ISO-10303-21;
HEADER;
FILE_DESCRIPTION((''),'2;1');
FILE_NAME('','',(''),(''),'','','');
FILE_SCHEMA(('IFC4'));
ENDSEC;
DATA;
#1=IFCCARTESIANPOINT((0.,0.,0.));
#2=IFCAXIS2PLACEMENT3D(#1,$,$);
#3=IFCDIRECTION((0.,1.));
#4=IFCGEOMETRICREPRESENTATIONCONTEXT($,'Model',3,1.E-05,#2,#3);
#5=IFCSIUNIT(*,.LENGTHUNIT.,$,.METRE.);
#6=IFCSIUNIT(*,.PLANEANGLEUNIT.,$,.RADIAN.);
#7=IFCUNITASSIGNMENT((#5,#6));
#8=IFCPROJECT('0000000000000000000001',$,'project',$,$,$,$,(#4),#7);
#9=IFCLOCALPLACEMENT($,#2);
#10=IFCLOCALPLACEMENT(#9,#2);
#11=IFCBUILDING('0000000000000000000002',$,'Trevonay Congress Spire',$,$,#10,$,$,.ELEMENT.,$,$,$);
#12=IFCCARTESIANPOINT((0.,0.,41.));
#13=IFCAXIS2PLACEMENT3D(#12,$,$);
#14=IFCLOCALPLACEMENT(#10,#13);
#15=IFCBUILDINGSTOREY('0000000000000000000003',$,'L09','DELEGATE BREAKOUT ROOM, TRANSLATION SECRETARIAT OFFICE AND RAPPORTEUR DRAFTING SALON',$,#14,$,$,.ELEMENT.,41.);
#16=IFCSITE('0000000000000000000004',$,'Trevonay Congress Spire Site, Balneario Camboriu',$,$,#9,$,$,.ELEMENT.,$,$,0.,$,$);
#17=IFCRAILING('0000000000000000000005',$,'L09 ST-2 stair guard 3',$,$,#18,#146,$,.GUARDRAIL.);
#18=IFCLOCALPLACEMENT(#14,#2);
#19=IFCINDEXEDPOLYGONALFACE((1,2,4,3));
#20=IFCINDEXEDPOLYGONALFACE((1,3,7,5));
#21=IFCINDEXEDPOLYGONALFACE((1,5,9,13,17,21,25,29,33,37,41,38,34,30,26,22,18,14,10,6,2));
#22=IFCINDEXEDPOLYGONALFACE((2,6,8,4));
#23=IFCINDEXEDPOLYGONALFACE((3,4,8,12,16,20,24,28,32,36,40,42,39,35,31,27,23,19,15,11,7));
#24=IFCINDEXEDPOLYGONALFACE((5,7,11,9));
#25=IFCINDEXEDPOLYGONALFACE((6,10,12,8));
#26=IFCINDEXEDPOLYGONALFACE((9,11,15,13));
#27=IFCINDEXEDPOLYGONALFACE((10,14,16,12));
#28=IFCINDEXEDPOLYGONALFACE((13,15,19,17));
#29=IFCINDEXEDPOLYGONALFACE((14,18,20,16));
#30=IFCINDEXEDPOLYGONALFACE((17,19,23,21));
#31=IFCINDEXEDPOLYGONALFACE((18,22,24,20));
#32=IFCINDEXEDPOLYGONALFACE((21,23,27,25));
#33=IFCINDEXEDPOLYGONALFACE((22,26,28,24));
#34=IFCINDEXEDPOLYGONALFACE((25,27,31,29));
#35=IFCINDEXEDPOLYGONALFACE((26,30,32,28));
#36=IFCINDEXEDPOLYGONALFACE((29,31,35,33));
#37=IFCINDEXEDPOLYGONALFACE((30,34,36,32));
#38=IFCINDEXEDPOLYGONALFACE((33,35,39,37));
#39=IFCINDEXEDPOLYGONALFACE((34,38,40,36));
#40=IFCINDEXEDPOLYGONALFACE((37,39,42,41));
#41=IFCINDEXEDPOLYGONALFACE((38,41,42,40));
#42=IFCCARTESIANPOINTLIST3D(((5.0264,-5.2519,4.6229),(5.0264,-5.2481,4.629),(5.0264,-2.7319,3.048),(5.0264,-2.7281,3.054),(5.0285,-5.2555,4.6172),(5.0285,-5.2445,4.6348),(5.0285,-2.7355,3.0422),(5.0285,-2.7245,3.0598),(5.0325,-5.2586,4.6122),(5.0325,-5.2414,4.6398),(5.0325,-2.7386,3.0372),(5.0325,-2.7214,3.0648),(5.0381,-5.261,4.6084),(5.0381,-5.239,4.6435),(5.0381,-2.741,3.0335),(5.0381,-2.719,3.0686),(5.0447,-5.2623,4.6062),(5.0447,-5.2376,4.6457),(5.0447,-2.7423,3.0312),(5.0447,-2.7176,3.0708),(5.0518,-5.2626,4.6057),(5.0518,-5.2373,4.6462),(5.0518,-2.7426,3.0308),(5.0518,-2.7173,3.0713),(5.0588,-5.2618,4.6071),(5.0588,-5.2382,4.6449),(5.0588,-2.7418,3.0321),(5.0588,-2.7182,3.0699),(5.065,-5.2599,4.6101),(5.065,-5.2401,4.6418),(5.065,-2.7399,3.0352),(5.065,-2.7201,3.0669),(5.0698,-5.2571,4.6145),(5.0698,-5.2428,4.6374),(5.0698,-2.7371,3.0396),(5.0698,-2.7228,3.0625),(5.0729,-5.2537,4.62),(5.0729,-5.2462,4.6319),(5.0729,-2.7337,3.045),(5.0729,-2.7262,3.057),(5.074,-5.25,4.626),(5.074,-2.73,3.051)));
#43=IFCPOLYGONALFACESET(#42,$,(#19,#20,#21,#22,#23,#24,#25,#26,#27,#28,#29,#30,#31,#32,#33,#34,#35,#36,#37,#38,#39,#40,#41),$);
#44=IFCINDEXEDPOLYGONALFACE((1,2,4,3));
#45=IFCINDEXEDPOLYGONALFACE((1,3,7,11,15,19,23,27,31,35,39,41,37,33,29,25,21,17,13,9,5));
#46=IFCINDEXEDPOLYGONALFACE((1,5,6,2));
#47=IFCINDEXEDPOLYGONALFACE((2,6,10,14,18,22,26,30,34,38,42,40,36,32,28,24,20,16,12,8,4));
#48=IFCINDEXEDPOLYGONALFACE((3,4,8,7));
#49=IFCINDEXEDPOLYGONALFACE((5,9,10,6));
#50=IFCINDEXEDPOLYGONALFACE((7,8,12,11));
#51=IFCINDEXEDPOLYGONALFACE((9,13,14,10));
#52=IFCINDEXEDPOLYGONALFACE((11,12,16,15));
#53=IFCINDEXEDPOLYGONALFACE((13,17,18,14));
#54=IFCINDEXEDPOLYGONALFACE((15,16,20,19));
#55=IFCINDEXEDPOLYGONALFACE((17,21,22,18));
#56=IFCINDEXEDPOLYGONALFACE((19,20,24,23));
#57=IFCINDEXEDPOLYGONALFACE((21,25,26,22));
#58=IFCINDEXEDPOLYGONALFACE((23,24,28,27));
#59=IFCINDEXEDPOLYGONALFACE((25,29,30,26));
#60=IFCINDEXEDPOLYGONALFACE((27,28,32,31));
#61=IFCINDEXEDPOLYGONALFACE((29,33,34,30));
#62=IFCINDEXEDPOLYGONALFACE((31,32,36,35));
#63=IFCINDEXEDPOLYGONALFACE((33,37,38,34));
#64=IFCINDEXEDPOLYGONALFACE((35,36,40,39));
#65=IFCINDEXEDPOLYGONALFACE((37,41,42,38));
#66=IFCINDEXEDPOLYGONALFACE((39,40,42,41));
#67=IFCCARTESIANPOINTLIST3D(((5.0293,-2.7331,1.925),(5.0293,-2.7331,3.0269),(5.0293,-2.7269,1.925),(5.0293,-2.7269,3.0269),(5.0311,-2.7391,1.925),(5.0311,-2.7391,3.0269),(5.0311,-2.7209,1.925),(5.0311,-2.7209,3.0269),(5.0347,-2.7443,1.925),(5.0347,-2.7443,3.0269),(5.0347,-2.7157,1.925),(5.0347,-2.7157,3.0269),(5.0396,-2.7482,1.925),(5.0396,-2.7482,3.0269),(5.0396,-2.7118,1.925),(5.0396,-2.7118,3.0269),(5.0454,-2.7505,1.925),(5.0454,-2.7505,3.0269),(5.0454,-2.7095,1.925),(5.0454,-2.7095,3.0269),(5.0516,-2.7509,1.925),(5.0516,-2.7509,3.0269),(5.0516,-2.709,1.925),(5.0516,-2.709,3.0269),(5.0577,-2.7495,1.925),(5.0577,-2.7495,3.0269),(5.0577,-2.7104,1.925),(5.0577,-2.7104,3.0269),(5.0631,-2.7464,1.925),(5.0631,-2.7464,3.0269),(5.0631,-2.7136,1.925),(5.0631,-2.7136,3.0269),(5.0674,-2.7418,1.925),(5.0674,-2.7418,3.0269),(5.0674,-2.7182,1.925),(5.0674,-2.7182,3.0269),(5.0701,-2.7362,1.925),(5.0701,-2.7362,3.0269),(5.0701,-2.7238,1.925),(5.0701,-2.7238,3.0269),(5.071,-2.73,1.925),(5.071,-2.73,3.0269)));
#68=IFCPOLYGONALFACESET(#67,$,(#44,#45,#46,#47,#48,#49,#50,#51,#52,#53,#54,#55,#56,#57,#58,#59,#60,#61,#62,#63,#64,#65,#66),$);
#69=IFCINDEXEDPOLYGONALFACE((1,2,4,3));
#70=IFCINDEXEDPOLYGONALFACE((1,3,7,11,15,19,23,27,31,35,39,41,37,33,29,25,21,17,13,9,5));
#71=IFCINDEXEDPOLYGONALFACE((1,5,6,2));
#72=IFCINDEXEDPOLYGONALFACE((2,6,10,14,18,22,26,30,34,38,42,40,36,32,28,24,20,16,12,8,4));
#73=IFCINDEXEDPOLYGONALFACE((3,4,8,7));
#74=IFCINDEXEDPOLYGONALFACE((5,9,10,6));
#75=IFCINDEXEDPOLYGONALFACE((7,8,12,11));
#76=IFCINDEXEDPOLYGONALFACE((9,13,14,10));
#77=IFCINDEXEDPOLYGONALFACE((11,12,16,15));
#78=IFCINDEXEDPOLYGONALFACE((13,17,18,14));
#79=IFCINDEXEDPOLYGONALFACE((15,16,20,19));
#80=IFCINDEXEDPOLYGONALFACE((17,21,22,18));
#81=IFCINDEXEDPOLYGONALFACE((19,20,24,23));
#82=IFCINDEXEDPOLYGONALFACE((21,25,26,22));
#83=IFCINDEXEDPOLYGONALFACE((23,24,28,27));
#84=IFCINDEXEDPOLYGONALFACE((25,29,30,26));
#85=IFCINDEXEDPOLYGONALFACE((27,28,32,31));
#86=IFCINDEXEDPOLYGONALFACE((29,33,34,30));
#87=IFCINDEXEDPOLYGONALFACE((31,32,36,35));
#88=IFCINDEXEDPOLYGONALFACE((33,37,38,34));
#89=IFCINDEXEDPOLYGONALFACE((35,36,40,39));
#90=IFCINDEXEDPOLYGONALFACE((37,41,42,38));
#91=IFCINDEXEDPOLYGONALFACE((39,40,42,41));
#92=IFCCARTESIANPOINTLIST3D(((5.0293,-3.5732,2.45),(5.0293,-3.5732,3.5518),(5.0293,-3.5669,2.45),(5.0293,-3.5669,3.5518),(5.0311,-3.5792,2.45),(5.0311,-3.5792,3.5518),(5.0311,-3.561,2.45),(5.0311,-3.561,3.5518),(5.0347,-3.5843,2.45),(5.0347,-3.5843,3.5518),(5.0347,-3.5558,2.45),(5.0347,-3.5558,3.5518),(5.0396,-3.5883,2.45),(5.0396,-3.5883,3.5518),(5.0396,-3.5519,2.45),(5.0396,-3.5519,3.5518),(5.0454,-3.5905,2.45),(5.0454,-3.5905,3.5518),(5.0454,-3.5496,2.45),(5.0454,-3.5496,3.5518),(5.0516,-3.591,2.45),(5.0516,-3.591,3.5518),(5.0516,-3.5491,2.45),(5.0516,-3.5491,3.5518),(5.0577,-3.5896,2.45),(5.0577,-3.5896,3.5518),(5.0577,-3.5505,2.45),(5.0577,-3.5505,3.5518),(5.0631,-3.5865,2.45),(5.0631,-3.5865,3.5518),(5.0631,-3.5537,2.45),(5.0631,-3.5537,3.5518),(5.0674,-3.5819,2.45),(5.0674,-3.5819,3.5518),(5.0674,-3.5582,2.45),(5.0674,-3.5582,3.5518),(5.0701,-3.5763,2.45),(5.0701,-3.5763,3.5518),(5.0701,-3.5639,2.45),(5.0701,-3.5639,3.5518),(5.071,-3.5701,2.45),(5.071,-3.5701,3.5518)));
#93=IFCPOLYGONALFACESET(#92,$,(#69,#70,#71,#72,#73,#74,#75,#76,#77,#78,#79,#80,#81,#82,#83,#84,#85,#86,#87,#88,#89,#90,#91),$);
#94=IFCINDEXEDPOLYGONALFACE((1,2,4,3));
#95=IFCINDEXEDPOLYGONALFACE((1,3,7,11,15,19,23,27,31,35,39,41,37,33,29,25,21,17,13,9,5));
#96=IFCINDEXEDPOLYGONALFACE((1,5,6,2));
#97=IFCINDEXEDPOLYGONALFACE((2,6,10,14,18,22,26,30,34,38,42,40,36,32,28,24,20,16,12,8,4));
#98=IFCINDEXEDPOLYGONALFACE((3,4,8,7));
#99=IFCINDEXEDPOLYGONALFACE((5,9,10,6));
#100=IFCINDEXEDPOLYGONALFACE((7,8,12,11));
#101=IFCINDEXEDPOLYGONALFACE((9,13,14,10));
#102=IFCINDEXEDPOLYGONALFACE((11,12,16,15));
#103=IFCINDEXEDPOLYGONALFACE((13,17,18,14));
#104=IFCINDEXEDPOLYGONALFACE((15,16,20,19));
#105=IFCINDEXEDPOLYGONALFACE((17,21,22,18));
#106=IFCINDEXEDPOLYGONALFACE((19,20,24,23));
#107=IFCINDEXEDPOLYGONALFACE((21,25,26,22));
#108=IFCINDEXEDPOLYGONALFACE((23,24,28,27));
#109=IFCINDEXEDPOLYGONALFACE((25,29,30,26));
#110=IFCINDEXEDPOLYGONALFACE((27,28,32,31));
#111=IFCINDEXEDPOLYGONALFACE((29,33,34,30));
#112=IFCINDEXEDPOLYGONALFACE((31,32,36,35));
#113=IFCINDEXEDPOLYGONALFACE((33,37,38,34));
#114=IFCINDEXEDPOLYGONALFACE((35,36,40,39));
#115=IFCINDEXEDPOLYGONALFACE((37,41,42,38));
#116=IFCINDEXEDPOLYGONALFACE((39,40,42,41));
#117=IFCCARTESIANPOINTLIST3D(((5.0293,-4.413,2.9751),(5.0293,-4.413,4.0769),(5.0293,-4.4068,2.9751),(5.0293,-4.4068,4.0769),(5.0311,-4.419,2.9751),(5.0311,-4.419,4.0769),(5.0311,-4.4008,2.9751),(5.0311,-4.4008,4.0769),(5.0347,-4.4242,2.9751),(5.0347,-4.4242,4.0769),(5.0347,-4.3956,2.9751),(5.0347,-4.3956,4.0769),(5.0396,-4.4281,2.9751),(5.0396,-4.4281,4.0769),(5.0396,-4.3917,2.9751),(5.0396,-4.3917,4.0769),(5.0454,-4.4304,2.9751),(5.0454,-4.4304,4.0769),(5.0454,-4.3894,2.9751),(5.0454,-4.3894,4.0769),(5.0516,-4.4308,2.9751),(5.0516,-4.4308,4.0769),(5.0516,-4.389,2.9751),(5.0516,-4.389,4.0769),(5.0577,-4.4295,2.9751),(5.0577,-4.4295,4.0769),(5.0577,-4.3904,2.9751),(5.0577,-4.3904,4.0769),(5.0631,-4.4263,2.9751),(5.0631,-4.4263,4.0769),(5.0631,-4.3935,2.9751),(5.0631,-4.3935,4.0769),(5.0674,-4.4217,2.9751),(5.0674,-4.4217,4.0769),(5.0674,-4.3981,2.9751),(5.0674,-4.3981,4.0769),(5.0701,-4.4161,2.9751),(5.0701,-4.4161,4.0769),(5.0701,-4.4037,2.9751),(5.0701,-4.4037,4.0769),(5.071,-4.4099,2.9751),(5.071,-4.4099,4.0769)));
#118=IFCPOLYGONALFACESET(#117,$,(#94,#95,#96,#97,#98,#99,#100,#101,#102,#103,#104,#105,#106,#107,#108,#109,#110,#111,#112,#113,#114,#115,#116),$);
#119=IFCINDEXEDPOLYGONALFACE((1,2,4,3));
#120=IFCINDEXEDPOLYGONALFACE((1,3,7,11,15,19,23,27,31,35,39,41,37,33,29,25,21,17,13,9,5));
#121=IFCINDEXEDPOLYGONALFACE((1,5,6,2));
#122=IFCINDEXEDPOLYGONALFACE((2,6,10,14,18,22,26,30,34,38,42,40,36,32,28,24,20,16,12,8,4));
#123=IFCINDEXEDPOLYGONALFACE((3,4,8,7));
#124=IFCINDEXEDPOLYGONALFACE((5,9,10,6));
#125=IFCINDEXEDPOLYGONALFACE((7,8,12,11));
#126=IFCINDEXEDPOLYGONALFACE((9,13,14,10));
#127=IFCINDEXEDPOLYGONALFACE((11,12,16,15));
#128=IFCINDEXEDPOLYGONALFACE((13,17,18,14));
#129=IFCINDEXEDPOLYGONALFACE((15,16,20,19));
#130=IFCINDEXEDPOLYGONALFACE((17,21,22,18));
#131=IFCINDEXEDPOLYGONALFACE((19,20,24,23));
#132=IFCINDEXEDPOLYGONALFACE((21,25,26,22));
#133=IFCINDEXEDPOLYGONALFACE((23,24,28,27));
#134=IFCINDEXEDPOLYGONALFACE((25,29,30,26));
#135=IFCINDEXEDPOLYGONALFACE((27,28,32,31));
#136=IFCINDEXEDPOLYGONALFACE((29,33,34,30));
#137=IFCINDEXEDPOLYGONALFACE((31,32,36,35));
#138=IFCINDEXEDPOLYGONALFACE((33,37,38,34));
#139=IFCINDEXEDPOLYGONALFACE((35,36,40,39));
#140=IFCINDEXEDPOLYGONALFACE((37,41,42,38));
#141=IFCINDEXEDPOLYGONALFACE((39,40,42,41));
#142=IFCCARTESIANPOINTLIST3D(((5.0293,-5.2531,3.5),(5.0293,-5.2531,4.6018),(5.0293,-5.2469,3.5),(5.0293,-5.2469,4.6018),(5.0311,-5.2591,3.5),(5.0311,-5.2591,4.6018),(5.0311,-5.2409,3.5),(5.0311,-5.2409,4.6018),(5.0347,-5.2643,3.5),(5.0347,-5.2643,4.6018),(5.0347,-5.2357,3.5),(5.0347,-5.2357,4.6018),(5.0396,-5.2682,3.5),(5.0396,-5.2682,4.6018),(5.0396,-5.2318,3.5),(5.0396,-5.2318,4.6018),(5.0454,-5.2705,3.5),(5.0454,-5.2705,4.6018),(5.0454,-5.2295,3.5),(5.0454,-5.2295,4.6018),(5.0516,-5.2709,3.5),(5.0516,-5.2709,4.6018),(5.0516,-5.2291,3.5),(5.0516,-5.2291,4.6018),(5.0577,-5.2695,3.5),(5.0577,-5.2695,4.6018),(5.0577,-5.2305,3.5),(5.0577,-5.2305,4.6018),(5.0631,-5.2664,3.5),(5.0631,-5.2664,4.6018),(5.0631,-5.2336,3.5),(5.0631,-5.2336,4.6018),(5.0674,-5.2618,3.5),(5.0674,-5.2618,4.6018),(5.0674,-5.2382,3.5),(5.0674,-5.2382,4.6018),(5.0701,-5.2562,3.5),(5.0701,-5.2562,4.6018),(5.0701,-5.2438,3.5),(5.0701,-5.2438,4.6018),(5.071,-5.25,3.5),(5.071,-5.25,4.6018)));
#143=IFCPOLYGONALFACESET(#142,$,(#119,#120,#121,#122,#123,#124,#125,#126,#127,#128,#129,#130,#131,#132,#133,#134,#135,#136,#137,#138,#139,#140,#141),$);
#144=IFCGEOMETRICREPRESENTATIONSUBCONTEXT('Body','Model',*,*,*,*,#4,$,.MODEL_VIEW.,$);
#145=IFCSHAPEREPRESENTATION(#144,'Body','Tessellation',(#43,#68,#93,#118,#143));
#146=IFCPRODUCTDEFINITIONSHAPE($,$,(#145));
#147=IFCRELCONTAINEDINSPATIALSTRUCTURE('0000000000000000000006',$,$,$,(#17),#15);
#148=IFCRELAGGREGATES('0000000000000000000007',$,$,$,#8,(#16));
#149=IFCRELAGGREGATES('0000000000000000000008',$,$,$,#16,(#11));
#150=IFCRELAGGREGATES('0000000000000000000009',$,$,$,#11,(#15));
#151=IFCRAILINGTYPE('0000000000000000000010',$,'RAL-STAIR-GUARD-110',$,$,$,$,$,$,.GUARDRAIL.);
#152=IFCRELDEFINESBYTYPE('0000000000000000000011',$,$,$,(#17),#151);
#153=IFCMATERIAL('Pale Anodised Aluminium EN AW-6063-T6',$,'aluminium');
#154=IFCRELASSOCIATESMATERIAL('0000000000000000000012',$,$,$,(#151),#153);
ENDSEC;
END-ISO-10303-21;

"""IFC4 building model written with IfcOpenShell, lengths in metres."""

from ifc_helpers import new_model, si_unit, direction, frame, origin, origin_2d, place, context, subcontext, project, spatial, circle, extrude, material, type_object, element, save


model = new_model("IFC4")

# Units and contexts
model_context = context("Model", 3, precision=1e-05, world=origin(), true_north=direction((0.0, 1.0)))
body_context = subcontext(model_context, "Body", "Model", "MODEL_VIEW")
ifc_project = project(units=[si_unit("LENGTHUNIT", "METRE"), si_unit("PLANEANGLEUNIT", "RADIAN")], contexts=[model_context])

# Site, building, storey
site_placement = place(None, origin())
site = spatial("IfcSite", under=ifc_project, at=site_placement, Name="Trevonay Congress Spire Site, Balneario Camboriu", CompositionType="ELEMENT", RefElevation=0.0)
building_placement = place(site_placement, origin())
building = spatial("IfcBuilding", under=site, at=building_placement, Name="Trevonay Congress Spire", CompositionType="ELEMENT")
storey_placement = place(building_placement, frame((0.0, 0.0, 41.0)))
storey = spatial("IfcBuildingStorey", under=building, at=storey_placement, Name="L09", Description="DELEGATE BREAKOUT ROOM, TRANSLATION SECRETARIAT OFFICE AND RAPPORTEUR DRAFTING SALON", CompositionType="ELEMENT", Elevation=41.0)

# Railing
ifc_material_1 = material(Name="Pale Anodised Aluminium EN AW-6063-T6", Category="aluminium")
railing_type_1 = type_object("IfcRailingType", Name="RAL-STAIR-GUARD-110", PredefinedType="GUARDRAIL", material=ifc_material_1)
railing_1_placement = place(storey_placement, frame((5.05, -2.73, 1.925)))
element("IfcRailing", 1, at=railing_1_placement, inside=storey, type_object=railing_type_1, Name="L09 ST-2 stair guard 3", PredefinedType="GUARDRAIL", context=body_context, shape_type="SweptSolid", body=[
    extrude(circle(Radius=0.0239, at=origin_2d()), frame((0.0, 0.0, 1.126), z_axis=(0.0, -0.848008, 0.529984), x_axis=(1.0, 0.0, 0.0)), (0.0, 0.0, 1.0), 2.9717),
    extrude(circle(Radius=0.021, at=origin_2d()), origin(), (0.0, 0.0, 1.0), 1.1018),
    extrude(circle(Radius=0.021, at=origin_2d()), frame((0.0, -0.8401, 0.5249)), (0.0, 0.0, 1.0), 1.1018),
    extrude(circle(Radius=0.021, at=origin_2d()), frame((0.0, -1.6799, 1.05)), (0.0, 0.0, 1.0), 1.1018),
    extrude(circle(Radius=0.021, at=origin_2d()), frame((0.0, -2.52, 1.575)), (0.0, 0.0, 1.0), 1.1018),
])

save(model, "model.ifc")
